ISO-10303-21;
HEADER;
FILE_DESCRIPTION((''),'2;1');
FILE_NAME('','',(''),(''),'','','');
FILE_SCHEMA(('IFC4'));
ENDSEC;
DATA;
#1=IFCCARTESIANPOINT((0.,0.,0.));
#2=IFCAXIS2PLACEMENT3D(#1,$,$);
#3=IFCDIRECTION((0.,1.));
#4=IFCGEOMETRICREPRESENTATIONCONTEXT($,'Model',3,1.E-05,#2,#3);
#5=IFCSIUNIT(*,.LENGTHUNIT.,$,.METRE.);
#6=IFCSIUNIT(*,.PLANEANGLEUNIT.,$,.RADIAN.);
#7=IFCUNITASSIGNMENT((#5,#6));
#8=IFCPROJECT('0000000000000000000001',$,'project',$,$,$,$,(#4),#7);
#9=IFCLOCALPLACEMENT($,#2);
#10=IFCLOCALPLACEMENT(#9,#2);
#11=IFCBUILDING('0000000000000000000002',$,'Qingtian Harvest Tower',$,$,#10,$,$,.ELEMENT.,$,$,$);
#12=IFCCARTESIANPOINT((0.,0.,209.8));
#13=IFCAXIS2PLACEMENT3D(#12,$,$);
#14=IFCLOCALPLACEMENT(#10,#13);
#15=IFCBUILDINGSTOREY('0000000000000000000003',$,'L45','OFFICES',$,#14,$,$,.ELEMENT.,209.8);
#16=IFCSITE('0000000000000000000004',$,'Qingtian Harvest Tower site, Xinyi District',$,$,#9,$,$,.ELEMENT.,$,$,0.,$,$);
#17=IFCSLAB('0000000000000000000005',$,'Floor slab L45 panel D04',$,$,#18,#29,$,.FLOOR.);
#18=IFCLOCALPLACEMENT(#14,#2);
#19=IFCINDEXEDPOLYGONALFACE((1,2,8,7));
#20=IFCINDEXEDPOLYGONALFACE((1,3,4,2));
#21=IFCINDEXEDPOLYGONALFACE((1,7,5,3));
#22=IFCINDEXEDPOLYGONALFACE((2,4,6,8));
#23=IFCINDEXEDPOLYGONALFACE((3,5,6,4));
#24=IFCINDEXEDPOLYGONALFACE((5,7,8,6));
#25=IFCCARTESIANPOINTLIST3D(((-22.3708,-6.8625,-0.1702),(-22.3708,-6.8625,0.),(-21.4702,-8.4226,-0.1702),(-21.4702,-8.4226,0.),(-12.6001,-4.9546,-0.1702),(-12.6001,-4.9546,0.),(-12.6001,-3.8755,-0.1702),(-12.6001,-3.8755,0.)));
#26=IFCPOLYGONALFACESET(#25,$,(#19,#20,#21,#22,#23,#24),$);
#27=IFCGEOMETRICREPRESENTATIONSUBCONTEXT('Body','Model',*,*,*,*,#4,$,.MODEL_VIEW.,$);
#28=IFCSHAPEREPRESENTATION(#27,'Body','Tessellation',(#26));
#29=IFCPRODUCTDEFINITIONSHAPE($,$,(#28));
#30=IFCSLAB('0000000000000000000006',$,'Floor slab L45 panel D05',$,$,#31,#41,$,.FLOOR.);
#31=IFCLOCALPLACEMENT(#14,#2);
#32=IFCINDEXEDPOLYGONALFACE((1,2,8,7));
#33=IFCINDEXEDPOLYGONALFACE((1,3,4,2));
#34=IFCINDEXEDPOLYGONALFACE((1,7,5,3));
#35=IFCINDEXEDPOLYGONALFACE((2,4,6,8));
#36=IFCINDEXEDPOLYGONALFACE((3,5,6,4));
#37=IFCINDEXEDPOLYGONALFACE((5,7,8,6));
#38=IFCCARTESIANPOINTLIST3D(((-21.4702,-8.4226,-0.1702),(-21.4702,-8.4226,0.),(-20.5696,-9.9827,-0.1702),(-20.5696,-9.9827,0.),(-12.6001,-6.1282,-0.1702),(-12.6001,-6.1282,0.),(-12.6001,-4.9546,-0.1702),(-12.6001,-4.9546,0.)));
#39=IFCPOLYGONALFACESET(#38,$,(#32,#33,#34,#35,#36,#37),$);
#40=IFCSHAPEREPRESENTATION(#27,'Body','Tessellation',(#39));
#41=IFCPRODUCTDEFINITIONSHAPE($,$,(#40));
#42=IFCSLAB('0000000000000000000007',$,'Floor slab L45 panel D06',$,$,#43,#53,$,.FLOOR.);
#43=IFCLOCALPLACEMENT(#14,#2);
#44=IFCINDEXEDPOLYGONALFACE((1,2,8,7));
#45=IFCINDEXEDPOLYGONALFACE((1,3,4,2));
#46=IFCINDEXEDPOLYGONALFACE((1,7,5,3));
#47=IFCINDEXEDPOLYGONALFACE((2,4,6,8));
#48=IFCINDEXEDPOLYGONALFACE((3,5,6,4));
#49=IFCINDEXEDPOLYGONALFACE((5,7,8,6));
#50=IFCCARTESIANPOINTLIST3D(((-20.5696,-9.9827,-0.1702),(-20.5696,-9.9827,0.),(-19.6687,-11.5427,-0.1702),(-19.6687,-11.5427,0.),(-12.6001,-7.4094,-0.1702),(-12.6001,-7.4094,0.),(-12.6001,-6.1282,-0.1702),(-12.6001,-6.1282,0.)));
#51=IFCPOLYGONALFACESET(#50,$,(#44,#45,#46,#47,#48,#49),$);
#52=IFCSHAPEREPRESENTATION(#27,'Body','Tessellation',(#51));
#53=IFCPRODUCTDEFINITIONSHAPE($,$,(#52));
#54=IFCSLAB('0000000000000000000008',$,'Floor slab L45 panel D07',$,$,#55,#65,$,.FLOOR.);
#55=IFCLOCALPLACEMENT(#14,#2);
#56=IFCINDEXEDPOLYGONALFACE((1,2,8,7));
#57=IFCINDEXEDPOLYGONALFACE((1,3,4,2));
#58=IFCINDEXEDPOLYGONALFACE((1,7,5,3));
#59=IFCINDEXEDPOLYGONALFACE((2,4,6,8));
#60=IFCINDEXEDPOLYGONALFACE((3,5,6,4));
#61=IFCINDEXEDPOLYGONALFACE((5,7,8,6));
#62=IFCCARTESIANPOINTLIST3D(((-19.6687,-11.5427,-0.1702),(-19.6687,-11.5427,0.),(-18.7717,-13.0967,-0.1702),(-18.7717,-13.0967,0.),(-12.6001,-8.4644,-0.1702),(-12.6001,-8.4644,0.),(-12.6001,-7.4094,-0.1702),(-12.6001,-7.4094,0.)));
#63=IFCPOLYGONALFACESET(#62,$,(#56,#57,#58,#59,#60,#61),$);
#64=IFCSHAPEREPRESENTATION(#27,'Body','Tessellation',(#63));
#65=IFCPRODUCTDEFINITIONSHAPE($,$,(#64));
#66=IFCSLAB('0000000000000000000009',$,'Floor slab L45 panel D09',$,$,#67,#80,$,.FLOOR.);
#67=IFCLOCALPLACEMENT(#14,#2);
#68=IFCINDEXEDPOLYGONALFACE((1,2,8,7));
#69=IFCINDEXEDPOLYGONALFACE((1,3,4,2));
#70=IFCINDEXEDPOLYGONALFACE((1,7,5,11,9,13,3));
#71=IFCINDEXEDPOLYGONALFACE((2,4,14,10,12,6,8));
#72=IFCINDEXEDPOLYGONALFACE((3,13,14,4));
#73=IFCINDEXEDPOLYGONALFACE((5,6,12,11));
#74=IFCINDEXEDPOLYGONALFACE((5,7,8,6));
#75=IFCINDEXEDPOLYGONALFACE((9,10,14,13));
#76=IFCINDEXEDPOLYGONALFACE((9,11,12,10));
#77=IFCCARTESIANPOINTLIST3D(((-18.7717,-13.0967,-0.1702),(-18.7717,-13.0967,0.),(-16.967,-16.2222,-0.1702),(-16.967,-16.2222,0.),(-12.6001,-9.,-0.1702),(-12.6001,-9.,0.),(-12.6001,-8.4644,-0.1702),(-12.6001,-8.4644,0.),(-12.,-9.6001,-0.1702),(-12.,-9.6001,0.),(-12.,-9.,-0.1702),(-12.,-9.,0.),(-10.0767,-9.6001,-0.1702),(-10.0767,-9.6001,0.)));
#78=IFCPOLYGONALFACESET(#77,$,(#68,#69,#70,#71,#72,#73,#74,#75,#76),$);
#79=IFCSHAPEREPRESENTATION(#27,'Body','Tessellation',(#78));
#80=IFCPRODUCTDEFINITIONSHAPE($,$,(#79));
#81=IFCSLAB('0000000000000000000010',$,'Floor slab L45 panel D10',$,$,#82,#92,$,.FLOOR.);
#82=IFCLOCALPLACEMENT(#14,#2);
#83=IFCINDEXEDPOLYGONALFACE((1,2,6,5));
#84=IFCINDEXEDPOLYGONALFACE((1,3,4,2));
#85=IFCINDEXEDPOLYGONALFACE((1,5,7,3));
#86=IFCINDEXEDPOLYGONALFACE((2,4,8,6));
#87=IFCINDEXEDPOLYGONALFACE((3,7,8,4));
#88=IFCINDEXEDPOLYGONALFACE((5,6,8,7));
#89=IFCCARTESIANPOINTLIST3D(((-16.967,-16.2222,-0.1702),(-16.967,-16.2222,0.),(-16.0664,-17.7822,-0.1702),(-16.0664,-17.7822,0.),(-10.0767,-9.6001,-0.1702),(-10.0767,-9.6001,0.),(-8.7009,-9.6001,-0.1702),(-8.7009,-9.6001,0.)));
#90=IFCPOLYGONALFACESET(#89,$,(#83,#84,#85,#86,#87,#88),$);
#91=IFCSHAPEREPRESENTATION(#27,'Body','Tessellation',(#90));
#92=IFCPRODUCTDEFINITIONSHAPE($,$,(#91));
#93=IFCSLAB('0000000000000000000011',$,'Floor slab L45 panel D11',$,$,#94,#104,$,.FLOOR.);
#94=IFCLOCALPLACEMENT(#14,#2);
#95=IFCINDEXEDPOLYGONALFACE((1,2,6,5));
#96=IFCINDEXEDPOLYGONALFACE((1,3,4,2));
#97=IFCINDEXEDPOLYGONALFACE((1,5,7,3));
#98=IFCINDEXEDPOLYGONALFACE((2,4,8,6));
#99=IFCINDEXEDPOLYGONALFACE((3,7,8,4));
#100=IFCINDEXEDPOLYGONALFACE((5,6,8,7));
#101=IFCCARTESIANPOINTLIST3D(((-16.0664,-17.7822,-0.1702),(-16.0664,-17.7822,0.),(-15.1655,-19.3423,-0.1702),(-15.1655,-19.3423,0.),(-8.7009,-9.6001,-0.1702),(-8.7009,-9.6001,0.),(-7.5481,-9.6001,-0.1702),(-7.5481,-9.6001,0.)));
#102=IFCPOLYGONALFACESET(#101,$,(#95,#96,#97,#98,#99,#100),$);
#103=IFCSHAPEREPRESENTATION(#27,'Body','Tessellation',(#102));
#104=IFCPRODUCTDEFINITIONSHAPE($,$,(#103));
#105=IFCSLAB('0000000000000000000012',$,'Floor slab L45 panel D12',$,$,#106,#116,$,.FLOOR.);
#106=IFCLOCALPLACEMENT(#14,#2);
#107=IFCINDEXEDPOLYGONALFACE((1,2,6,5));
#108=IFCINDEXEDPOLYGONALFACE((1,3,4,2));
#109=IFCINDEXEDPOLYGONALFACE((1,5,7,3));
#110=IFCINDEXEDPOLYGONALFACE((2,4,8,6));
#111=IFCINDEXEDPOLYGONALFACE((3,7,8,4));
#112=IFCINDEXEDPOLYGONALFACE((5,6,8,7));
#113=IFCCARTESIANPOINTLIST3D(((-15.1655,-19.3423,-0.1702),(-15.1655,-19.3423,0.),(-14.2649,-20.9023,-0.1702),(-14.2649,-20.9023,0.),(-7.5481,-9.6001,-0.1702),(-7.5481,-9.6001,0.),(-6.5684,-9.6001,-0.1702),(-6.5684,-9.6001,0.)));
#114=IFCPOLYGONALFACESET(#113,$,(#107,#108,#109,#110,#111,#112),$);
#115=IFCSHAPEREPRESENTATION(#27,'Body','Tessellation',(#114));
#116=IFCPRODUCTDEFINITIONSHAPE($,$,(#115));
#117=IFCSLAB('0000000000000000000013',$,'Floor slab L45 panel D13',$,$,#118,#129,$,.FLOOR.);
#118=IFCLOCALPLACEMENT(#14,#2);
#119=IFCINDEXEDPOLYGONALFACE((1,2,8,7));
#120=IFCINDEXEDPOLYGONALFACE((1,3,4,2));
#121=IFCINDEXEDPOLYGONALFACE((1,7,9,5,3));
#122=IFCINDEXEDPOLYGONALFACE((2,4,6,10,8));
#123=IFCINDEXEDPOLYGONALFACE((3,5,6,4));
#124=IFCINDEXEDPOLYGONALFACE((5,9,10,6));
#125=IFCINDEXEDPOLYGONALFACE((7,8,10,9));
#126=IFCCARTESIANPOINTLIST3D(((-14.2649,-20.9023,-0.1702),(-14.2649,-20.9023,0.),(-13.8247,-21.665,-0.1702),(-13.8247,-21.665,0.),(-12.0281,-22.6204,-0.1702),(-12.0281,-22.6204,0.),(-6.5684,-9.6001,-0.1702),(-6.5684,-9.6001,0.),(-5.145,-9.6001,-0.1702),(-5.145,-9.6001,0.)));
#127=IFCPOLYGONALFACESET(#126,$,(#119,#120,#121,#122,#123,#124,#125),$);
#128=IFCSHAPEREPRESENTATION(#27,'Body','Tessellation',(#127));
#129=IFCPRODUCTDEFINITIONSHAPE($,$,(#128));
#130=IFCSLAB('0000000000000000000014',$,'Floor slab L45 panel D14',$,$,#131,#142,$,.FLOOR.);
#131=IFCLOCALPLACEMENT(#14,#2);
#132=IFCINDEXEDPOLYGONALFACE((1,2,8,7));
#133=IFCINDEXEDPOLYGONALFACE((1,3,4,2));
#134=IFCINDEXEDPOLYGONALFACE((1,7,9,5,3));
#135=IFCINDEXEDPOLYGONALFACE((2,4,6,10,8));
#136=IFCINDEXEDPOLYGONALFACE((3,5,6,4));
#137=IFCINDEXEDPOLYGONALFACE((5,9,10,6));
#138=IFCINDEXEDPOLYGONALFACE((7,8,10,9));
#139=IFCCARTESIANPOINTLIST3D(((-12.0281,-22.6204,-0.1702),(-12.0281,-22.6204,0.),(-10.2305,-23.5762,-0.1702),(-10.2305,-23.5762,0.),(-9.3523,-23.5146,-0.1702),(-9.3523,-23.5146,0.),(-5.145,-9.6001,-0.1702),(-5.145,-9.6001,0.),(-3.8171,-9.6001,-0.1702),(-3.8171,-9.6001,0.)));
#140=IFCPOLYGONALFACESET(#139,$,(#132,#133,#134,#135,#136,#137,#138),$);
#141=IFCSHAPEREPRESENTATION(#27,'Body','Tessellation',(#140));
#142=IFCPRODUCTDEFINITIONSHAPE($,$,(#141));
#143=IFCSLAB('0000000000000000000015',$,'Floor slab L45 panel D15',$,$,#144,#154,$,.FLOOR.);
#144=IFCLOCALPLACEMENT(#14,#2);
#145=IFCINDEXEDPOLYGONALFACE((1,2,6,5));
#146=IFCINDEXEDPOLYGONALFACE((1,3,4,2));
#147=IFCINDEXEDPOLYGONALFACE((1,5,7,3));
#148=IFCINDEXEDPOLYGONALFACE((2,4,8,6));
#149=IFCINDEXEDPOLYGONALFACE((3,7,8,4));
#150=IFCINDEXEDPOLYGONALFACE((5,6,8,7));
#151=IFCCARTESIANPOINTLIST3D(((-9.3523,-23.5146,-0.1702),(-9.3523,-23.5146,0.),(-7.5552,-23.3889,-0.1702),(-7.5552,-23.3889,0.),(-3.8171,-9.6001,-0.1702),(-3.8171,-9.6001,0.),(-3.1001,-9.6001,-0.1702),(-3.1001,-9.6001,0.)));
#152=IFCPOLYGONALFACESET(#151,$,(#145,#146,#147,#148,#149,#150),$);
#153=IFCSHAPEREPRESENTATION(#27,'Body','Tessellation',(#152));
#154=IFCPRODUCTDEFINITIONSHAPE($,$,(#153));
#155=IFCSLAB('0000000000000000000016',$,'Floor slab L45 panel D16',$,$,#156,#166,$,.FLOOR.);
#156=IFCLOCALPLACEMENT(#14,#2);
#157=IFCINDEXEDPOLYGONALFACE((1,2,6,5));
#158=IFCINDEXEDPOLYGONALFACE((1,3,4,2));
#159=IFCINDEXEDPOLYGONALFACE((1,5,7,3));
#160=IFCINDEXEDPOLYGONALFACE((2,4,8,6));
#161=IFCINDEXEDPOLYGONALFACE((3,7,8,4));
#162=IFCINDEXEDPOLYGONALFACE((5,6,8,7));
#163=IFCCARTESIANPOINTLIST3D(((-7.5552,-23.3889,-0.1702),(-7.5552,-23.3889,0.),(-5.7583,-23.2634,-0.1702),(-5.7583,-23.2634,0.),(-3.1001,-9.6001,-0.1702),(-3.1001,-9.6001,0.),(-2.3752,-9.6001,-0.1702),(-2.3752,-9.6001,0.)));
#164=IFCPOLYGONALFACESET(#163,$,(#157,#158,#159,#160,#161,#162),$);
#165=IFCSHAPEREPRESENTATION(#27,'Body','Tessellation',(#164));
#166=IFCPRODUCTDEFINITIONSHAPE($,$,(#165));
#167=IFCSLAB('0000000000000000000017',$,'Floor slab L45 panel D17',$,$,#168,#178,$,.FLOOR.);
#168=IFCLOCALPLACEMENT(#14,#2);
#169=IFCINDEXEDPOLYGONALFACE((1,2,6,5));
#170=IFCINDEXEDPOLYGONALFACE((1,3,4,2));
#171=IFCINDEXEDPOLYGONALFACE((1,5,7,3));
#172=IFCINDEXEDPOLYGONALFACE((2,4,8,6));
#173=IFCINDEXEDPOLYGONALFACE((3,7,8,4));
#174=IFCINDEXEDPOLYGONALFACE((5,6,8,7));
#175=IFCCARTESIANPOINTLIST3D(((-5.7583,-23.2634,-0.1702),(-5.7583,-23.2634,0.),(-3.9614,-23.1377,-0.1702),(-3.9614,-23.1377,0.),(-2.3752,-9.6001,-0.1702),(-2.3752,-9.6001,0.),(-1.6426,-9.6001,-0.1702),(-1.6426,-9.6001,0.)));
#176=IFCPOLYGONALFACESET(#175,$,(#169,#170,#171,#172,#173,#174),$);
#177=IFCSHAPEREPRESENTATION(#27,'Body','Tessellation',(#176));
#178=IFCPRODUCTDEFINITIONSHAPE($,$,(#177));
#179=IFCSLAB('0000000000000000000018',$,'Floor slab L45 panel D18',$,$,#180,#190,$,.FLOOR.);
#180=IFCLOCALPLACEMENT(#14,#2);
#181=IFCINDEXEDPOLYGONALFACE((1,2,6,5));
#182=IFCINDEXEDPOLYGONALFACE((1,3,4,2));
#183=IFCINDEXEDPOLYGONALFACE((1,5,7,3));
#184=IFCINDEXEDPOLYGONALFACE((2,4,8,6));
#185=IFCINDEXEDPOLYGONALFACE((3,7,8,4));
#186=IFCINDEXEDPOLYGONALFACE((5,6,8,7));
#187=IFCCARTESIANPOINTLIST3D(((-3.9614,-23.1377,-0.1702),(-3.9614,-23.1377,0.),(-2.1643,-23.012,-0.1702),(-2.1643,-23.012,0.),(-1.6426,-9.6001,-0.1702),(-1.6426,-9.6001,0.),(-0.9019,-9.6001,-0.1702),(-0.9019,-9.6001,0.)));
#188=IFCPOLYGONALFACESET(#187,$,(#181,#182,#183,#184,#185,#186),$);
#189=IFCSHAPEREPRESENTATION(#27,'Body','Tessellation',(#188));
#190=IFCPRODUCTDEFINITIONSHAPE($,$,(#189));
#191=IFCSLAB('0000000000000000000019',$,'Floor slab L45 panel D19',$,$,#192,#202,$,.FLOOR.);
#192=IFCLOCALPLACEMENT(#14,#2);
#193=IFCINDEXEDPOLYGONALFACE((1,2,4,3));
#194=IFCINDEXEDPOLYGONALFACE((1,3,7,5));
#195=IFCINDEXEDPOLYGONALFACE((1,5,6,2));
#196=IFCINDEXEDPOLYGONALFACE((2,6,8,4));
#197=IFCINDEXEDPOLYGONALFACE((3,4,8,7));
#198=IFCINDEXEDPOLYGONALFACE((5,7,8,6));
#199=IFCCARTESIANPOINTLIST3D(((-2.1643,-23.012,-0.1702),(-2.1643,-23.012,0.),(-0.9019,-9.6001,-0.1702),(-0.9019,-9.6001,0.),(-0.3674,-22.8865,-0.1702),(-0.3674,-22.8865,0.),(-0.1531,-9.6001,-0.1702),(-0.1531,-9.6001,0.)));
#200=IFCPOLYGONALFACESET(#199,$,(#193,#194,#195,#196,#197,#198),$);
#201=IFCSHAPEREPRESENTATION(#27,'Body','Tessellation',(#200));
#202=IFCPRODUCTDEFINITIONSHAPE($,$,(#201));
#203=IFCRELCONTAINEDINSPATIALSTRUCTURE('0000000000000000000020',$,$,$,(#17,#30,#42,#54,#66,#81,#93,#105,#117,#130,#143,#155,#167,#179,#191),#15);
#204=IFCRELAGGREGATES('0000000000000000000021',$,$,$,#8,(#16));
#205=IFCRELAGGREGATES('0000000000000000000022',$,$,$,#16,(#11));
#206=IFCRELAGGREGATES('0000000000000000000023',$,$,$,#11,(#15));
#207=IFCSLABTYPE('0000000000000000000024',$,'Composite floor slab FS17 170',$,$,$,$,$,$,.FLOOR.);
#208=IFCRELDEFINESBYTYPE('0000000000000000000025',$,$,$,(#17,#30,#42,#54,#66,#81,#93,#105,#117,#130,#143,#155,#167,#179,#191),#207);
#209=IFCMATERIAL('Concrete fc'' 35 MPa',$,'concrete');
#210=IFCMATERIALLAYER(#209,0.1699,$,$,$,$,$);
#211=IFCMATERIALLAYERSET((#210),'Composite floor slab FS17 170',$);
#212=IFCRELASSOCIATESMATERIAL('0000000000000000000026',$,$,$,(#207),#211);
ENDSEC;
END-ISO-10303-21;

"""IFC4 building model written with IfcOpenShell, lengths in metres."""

from ifc_helpers import new_model, si_unit, direction, frame, origin, place, context, subcontext, project, spatial, polyline, outline, extrude, material, layer, layer_set, type_object, element, save


model = new_model("IFC4")

# Units and contexts
model_context = context("Model", 3, precision=1e-05, world=origin(), true_north=direction((0.0, 1.0)))
body_context = subcontext(model_context, "Body", "Model", "MODEL_VIEW")
ifc_project = project(units=[si_unit("LENGTHUNIT", "METRE"), si_unit("PLANEANGLEUNIT", "RADIAN")], contexts=[model_context])

# Site, building, storey
site_placement = place(None, origin())
site = spatial("IfcSite", under=ifc_project, at=site_placement, Name="Qingtian Harvest Tower site, Xinyi District", CompositionType="ELEMENT", RefElevation=0.0)
building_placement = place(site_placement, origin())
building = spatial("IfcBuilding", under=site, at=building_placement, Name="Qingtian Harvest Tower", CompositionType="ELEMENT")
storey_placement = place(building_placement, frame((0.0, 0.0, 209.8)))
storey = spatial("IfcBuildingStorey", under=building, at=storey_placement, Name="L45", Description="OFFICES", CompositionType="ELEMENT", Elevation=209.8)

# Slabs
ifc_material = material(Name="Concrete fc' 35 MPa", Category="concrete")
ifc_layer = layer(ifc_material, 0.1699)
ifc_layer_set = layer_set([ifc_layer], Name="Composite floor slab FS17 170")
slab_type = type_object("IfcSlabType", Name="Composite floor slab FS17 170", PredefinedType="FLOOR", material=ifc_layer_set)
slab_1_placement = place(storey_placement, frame((0.0, 0.0, -0.1702)))
element("IfcSlab", 1, at=slab_1_placement, inside=storey, type_object=slab_type, Name="Floor slab L45 panel D04", PredefinedType="FLOOR", context=body_context, shape_type="SweptSolid", body=[
    extrude(outline(polyline([(-12.6001, -4.9546), (-21.4702, -8.4226), (-22.3708, -6.8625), (-12.6001, -3.8755), (-12.6001, -4.9546)])), origin(), (0.0, 0.0, 1.0), 0.1702),
])
slab_2_placement = place(storey_placement, frame((0.0, 0.0, -0.1702)))
element("IfcSlab", 2, at=slab_2_placement, inside=storey, type_object=slab_type, Name="Floor slab L45 panel D05", PredefinedType="FLOOR", context=body_context, shape_type="SweptSolid", body=[
    extrude(outline(polyline([(-12.6001, -6.1282), (-20.5696, -9.9827), (-21.4702, -8.4226), (-12.6001, -4.9546), (-12.6001, -6.1282)])), origin(), (0.0, 0.0, 1.0), 0.1702),
])
slab_3_placement = place(storey_placement, frame((0.0, 0.0, -0.1702)))
element("IfcSlab", 3, at=slab_3_placement, inside=storey, type_object=slab_type, Name="Floor slab L45 panel D06", PredefinedType="FLOOR", context=body_context, shape_type="SweptSolid", body=[
    extrude(outline(polyline([(-12.6001, -7.4094), (-19.6687, -11.5427), (-20.5696, -9.9827), (-12.6001, -6.1282), (-12.6001, -7.4094)])), origin(), (0.0, 0.0, 1.0), 0.1702),
])
slab_4_placement = place(storey_placement, frame((0.0, 0.0, -0.1702)))
element("IfcSlab", 4, at=slab_4_placement, inside=storey, type_object=slab_type, Name="Floor slab L45 panel D07", PredefinedType="FLOOR", context=body_context, shape_type="SweptSolid", body=[
    extrude(outline(polyline([(-12.6001, -8.4644), (-18.7717, -13.0967), (-19.6687, -11.5427), (-12.6001, -7.4094), (-12.6001, -8.4644)])), origin(), (0.0, 0.0, 1.0), 0.1702),
])
slab_5_placement = place(storey_placement, frame((0.0, 0.0, -0.1702)))
element("IfcSlab", 5, at=slab_5_placement, inside=storey, type_object=slab_type, Name="Floor slab L45 panel D09", PredefinedType="FLOOR", context=body_context, shape_type="SweptSolid", body=[
    extrude(outline(polyline([(-16.967, -16.2222), (-18.7717, -13.0967), (-12.6001, -8.4644), (-12.6001, -9.0), (-12.0, -9.0), (-12.0, -9.6001), (-10.0767, -9.6001), (-16.967, -16.2222)])), origin(), (0.0, 0.0, 1.0), 0.1702),
])
slab_6_placement = place(storey_placement, frame((0.0, 0.0, -0.1702)))
element("IfcSlab", 6, at=slab_6_placement, inside=storey, type_object=slab_type, Name="Floor slab L45 panel D10", PredefinedType="FLOOR", context=body_context, shape_type="SweptSolid", body=[
    extrude(outline(polyline([(-8.7009, -9.6001), (-16.0664, -17.7822), (-16.967, -16.2222), (-10.0767, -9.6001), (-8.7009, -9.6001)])), origin(), (0.0, 0.0, 1.0), 0.1702),
])
slab_7_placement = place(storey_placement, frame((0.0, 0.0, -0.1702)))
element("IfcSlab", 7, at=slab_7_placement, inside=storey, type_object=slab_type, Name="Floor slab L45 panel D11", PredefinedType="FLOOR", context=body_context, shape_type="SweptSolid", body=[
    extrude(outline(polyline([(-7.5481, -9.6001), (-15.1655, -19.3423), (-16.0664, -17.7822), (-8.7009, -9.6001), (-7.5481, -9.6001)])), origin(), (0.0, 0.0, 1.0), 0.1702),
])
slab_8_placement = place(storey_placement, frame((0.0, 0.0, -0.1702)))
element("IfcSlab", 8, at=slab_8_placement, inside=storey, type_object=slab_type, Name="Floor slab L45 panel D12", PredefinedType="FLOOR", context=body_context, shape_type="SweptSolid", body=[
    extrude(outline(polyline([(-6.5684, -9.6001), (-14.2649, -20.9023), (-15.1655, -19.3423), (-7.5481, -9.6001), (-6.5684, -9.6001)])), origin(), (0.0, 0.0, 1.0), 0.1702),
])
slab_9_placement = place(storey_placement, frame((0.0, 0.0, -0.1702)))
element("IfcSlab", 9, at=slab_9_placement, inside=storey, type_object=slab_type, Name="Floor slab L45 panel D13", PredefinedType="FLOOR", context=body_context, shape_type="SweptSolid", body=[
    extrude(outline(polyline([(-6.5684, -9.6001), (-5.145, -9.6001), (-12.0281, -22.6204), (-13.8247, -21.665), (-14.2649, -20.9023), (-6.5684, -9.6001)])), origin(), (0.0, 0.0, 1.0), 0.1702),
])
slab_10_placement = place(storey_placement, frame((0.0, 0.0, -0.1702)))
element("IfcSlab", 10, at=slab_10_placement, inside=storey, type_object=slab_type, Name="Floor slab L45 panel D14", PredefinedType="FLOOR", context=body_context, shape_type="SweptSolid", body=[
    extrude(outline(polyline([(-5.145, -9.6001), (-3.8171, -9.6001), (-9.3523, -23.5146), (-10.2305, -23.5762), (-12.0281, -22.6204), (-5.145, -9.6001)])), origin(), (0.0, 0.0, 1.0), 0.1702),
])
slab_11_placement = place(storey_placement, frame((0.0, 0.0, -0.1702)))
element("IfcSlab", 11, at=slab_11_placement, inside=storey, type_object=slab_type, Name="Floor slab L45 panel D15", PredefinedType="FLOOR", context=body_context, shape_type="SweptSolid", body=[
    extrude(outline(polyline([(-3.1001, -9.6001), (-7.5552, -23.3889), (-9.3523, -23.5146), (-3.8171, -9.6001), (-3.1001, -9.6001)])), origin(), (0.0, 0.0, 1.0), 0.1702),
])
slab_12_placement = place(storey_placement, frame((0.0, 0.0, -0.1702)))
element("IfcSlab", 12, at=slab_12_placement, inside=storey, type_object=slab_type, Name="Floor slab L45 panel D16", PredefinedType="FLOOR", context=body_context, shape_type="SweptSolid", body=[
    extrude(outline(polyline([(-2.3752, -9.6001), (-5.7583, -23.2634), (-7.5552, -23.3889), (-3.1001, -9.6001), (-2.3752, -9.6001)])), origin(), (0.0, 0.0, 1.0), 0.1702),
])
slab_13_placement = place(storey_placement, frame((0.0, 0.0, -0.1702)))
element("IfcSlab", 13, at=slab_13_placement, inside=storey, type_object=slab_type, Name="Floor slab L45 panel D17", PredefinedType="FLOOR", context=body_context, shape_type="SweptSolid", body=[
    extrude(outline(polyline([(-1.6426, -9.6001), (-3.9614, -23.1377), (-5.7583, -23.2634), (-2.3752, -9.6001), (-1.6426, -9.6001)])), origin(), (0.0, 0.0, 1.0), 0.1702),
])
slab_14_placement = place(storey_placement, frame((0.0, 0.0, -0.1702)))
element("IfcSlab", 14, at=slab_14_placement, inside=storey, type_object=slab_type, Name="Floor slab L45 panel D18", PredefinedType="FLOOR", context=body_context, shape_type="SweptSolid", body=[
    extrude(outline(polyline([(-0.9019, -9.6001), (-2.1643, -23.012), (-3.9614, -23.1377), (-1.6426, -9.6001), (-0.9019, -9.6001)])), origin(), (0.0, 0.0, 1.0), 0.1702),
])
slab_15_placement = place(storey_placement, frame((0.0, 0.0, -0.1702)))
element("IfcSlab", 15, at=slab_15_placement, inside=storey, type_object=slab_type, Name="Floor slab L45 panel D19", PredefinedType="FLOOR", context=body_context, shape_type="SweptSolid", body=[
    extrude(outline(polyline([(-0.1531, -9.6001), (-0.3674, -22.8865), (-2.1643, -23.012), (-0.9019, -9.6001), (-0.1531, -9.6001)])), origin(), (0.0, 0.0, 1.0), 0.1702),
])

save(model, "model.ifc")
